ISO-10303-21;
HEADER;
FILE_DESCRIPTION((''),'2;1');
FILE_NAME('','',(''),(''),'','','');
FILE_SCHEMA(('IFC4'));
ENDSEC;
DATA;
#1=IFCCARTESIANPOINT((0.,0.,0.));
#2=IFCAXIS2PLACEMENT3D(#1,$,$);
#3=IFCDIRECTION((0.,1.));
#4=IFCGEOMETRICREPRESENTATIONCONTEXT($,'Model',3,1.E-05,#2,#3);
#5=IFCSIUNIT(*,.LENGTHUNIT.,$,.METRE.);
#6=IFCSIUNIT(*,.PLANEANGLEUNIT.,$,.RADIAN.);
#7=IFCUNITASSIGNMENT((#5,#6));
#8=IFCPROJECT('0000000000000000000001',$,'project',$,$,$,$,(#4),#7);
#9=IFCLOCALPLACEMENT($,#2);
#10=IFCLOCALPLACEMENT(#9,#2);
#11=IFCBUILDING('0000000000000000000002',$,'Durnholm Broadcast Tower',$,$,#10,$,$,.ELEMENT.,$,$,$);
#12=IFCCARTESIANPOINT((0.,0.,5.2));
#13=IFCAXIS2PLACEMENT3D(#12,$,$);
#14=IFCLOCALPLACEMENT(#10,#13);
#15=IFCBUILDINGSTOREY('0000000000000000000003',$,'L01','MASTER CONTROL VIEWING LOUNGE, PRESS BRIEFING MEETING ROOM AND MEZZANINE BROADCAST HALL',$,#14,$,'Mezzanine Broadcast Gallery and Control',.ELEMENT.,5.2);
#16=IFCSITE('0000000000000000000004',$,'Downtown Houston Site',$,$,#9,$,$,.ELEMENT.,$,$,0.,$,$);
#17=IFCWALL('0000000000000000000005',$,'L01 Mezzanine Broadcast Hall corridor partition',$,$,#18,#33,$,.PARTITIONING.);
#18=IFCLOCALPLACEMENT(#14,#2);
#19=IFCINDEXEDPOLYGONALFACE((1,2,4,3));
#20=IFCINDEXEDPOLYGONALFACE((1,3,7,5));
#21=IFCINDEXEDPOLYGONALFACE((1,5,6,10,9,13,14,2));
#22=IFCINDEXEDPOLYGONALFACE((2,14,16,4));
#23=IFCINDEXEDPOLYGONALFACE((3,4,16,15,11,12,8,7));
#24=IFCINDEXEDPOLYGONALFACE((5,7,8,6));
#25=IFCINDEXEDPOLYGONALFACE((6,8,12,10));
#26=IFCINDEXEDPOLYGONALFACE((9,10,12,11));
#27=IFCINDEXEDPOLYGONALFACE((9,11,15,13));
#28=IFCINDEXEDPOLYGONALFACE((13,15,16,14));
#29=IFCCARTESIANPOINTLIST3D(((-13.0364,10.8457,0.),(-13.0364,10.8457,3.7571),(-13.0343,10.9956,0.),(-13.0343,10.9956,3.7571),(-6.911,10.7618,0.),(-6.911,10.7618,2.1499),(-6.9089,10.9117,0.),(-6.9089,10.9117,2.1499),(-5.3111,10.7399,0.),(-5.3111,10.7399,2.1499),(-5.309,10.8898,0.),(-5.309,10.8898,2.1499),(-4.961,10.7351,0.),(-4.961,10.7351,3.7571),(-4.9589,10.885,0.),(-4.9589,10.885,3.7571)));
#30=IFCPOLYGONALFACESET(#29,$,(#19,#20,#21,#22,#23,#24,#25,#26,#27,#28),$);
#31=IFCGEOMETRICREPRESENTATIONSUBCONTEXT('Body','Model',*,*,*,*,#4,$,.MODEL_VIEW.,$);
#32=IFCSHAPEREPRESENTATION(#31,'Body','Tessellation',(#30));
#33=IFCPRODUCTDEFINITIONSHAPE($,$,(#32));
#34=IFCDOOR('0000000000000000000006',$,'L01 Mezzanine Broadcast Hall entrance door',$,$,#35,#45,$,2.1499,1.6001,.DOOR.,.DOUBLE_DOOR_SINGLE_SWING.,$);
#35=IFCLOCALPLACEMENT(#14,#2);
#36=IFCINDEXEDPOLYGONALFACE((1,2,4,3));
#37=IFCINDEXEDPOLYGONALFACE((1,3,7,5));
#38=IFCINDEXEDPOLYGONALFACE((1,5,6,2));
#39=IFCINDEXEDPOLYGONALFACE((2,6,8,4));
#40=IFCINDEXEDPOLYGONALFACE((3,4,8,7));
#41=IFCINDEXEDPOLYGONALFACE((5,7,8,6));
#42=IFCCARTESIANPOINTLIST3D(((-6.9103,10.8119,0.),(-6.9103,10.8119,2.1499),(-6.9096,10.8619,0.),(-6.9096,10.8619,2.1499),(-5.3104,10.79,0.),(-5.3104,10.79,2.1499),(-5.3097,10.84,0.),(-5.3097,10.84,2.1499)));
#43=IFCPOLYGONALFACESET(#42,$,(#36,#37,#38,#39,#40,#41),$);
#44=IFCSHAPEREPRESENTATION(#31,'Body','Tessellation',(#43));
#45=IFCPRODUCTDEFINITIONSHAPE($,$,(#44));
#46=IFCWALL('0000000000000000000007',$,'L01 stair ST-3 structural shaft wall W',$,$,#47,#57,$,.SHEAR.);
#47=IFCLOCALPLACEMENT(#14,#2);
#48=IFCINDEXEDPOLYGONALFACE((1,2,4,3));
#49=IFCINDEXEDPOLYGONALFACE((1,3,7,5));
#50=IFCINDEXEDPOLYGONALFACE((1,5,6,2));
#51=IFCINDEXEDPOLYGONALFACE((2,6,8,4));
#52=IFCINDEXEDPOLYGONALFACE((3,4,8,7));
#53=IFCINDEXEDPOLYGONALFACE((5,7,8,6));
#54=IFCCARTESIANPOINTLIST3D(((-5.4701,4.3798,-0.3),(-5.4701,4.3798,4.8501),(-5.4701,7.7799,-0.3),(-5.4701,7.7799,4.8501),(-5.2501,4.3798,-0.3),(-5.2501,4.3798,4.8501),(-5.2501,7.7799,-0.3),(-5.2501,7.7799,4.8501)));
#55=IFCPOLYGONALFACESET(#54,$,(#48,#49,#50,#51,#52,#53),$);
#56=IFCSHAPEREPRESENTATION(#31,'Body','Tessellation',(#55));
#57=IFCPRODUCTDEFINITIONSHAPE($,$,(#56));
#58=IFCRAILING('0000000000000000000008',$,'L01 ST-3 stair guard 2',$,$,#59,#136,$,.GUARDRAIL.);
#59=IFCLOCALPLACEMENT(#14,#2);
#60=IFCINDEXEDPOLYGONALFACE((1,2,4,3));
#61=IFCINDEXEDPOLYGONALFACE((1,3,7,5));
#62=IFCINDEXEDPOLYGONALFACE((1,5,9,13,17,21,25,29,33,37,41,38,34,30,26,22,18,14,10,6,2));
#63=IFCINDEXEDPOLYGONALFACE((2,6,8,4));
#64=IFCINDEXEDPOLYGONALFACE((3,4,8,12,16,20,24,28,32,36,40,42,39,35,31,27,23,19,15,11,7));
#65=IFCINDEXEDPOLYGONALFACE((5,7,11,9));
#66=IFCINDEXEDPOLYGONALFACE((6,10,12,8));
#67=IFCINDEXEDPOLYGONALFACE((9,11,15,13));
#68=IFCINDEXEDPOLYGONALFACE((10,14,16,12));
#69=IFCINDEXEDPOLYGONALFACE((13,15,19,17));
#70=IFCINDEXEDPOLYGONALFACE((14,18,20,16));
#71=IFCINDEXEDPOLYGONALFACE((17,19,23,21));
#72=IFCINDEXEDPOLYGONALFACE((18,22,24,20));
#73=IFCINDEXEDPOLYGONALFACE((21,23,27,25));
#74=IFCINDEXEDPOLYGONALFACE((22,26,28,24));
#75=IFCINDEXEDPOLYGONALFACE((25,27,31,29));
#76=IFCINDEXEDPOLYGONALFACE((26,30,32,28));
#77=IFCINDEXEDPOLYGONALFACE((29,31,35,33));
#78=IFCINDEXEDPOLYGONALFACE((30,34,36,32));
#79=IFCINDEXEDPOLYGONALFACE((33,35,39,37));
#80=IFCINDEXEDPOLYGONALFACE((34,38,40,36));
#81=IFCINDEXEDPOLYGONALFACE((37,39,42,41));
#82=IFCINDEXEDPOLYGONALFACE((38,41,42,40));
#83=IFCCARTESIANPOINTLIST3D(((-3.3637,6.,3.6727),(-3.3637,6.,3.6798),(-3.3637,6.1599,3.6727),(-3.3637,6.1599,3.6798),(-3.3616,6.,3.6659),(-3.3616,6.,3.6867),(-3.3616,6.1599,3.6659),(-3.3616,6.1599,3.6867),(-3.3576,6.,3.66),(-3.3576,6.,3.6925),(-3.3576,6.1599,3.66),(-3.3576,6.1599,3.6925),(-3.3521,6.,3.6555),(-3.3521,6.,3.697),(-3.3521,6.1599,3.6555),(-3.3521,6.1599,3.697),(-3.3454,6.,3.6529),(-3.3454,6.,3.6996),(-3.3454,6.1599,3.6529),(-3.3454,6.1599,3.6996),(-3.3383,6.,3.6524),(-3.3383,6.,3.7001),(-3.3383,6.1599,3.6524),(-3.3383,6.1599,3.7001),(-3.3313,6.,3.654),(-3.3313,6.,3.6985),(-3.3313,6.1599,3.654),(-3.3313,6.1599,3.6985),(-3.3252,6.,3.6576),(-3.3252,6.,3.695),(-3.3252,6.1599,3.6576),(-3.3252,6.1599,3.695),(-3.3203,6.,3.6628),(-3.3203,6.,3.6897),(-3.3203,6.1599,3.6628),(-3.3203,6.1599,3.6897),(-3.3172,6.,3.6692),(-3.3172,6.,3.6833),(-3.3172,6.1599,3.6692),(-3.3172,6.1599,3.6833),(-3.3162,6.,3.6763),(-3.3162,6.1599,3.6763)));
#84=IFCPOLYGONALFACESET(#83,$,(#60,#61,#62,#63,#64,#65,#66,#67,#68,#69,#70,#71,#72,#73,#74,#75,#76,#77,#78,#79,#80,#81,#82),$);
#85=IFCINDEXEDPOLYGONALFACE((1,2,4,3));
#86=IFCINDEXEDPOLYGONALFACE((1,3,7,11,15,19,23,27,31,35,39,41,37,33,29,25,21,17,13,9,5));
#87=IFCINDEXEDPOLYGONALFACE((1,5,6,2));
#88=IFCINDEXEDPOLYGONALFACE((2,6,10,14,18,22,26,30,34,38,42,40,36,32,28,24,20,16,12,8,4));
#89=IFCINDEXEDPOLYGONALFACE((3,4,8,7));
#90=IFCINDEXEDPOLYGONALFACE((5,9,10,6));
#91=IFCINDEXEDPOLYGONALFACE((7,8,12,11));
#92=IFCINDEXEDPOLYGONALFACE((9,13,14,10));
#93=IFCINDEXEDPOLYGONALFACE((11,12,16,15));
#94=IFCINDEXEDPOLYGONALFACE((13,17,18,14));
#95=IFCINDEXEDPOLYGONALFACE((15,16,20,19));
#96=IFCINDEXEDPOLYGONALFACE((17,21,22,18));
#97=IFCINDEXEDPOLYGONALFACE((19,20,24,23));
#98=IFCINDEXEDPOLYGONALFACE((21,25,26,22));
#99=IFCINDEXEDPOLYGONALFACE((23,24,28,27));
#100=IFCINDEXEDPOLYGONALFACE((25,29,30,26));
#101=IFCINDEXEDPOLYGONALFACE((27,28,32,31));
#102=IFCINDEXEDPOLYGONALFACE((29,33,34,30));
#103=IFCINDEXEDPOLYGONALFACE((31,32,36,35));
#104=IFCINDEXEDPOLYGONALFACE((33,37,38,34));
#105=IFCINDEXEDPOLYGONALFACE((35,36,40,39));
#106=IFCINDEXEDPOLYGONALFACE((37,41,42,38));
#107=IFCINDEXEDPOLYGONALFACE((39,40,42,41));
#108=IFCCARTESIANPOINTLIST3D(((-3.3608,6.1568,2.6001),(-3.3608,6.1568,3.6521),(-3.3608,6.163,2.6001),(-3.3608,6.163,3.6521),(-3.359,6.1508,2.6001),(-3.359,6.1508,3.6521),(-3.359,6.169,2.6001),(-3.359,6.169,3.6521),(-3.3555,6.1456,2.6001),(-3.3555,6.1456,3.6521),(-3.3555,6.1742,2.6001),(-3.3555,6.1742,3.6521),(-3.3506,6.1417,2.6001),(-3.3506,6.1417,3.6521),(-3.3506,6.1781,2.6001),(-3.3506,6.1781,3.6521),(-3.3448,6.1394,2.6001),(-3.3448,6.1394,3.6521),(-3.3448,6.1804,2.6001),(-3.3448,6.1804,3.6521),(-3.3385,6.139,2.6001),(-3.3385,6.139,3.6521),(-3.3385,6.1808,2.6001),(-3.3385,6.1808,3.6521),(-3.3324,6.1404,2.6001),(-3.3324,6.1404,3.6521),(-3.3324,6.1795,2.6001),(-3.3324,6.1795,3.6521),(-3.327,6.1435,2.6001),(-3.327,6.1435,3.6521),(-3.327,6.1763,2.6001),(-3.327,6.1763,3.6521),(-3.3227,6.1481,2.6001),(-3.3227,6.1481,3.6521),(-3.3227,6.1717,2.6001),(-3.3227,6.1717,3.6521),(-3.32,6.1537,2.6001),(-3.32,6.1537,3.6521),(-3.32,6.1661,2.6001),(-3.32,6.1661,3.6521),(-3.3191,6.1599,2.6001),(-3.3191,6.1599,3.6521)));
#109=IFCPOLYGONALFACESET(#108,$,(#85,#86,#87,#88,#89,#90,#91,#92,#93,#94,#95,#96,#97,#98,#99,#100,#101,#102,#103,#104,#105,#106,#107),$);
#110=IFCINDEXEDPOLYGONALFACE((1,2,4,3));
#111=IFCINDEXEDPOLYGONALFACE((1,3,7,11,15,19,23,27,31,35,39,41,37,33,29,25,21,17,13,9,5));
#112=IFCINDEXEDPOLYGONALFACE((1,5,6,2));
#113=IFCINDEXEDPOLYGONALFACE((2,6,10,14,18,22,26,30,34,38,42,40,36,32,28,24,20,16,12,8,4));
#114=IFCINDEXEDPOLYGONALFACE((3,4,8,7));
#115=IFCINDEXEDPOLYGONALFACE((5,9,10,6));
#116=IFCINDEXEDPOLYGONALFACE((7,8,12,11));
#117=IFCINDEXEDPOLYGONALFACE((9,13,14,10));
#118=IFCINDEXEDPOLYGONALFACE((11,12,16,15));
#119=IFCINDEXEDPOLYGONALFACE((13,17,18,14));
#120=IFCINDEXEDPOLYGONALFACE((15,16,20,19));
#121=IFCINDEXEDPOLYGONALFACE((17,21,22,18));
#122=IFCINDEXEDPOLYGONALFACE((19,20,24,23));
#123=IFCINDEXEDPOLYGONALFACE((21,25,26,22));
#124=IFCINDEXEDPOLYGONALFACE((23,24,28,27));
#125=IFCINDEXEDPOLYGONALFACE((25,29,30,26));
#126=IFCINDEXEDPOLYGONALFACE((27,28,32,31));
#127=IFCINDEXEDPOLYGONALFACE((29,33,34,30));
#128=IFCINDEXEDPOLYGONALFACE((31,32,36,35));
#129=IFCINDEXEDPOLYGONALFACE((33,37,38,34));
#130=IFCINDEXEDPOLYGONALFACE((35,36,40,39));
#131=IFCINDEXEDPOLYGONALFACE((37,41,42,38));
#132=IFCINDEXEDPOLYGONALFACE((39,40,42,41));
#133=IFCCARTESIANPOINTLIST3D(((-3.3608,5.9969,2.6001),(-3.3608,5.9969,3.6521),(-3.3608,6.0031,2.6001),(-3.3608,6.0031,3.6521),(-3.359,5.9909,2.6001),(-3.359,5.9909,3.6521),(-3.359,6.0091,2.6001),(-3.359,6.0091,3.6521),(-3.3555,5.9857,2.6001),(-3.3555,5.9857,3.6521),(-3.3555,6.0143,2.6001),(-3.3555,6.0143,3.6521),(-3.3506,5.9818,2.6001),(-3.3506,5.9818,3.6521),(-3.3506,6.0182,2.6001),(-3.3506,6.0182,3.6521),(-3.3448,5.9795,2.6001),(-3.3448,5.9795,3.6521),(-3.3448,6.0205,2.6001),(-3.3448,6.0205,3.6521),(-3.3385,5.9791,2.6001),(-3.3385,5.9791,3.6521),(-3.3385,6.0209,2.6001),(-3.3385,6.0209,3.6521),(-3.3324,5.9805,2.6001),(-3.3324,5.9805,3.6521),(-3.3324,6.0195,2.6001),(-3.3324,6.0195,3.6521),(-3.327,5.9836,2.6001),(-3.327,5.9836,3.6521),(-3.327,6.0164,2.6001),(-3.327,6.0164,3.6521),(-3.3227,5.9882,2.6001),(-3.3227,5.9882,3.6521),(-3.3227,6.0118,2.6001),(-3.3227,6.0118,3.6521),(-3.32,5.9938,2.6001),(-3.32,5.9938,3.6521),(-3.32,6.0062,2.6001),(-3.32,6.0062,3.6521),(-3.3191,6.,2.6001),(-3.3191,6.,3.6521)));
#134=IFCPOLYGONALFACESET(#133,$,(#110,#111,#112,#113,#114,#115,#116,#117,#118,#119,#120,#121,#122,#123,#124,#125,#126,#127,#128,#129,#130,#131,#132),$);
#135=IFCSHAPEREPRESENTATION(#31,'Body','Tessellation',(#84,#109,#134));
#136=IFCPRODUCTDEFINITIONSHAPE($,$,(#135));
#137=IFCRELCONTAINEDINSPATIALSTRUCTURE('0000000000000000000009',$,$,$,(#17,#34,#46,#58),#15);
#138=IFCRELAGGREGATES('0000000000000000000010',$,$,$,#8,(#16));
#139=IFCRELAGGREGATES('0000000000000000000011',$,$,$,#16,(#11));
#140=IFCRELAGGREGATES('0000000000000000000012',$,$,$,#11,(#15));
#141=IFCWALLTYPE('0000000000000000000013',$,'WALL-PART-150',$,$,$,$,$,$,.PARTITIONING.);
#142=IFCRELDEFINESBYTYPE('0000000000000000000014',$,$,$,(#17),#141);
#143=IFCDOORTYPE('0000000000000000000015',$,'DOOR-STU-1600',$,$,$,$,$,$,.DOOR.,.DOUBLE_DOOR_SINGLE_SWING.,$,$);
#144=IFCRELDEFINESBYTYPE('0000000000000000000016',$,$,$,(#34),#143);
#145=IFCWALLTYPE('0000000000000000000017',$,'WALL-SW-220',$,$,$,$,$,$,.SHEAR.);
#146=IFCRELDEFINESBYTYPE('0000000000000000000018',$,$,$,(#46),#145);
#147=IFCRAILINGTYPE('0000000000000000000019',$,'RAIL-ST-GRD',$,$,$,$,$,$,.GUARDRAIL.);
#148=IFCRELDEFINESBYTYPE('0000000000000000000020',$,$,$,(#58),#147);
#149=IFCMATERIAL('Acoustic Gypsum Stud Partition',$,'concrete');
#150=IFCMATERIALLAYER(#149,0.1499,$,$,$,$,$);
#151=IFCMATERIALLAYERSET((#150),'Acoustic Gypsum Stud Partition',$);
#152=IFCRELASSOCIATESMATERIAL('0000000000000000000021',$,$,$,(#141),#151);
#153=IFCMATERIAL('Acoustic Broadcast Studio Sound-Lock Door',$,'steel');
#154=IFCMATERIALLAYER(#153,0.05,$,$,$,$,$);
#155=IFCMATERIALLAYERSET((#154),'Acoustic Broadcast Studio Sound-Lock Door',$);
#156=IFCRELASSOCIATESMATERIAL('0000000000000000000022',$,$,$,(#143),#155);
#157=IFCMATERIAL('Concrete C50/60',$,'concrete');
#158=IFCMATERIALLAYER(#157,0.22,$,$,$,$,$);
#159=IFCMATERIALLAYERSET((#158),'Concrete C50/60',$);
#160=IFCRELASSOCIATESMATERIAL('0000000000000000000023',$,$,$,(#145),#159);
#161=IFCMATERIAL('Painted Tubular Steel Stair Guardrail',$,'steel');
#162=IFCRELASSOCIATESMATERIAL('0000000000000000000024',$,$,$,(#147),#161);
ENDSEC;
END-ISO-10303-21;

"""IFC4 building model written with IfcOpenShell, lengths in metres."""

from ifc_helpers import new_model, si_unit, direction, frame, frame_2d, origin, origin_2d, place, context, subcontext, project, spatial, rectangle, circle, extrude, source, transform, mapped, material, layer, layer_set, type_object, type_shapes, element, fill, save


model = new_model("IFC4")

# Units and contexts
model_context = context("Model", 3, precision=1e-05, world=origin(), true_north=direction((0.0, 1.0)))
body_context = subcontext(model_context, "Body", "Model", "MODEL_VIEW")
ifc_project = project(units=[si_unit("LENGTHUNIT", "METRE"), si_unit("PLANEANGLEUNIT", "RADIAN")], contexts=[model_context])

# Site, building, storey
site_placement = place(None, origin())
site = spatial("IfcSite", under=ifc_project, at=site_placement, Name="Downtown Houston Site", CompositionType="ELEMENT", RefElevation=0.0)
building_placement = place(site_placement, origin())
building = spatial("IfcBuilding", under=site, at=building_placement, Name="Durnholm Broadcast Tower", CompositionType="ELEMENT")
storey_placement = place(building_placement, frame((0.0, 0.0, 5.2)))
storey = spatial("IfcBuildingStorey", under=building, at=storey_placement, Name="L01", Description="MASTER CONTROL VIEWING LOUNGE, PRESS BRIEFING MEETING ROOM AND MEZZANINE BROADCAST HALL", LongName="Mezzanine Broadcast Gallery and Control", CompositionType="ELEMENT", Elevation=5.2)

# Wall, opening, door
ifc_material_1 = material(Name="Acoustic Gypsum Stud Partition", Category="concrete")
ifc_layer_1 = layer(ifc_material_1, 0.1499)
ifc_layer_set_1 = layer_set([ifc_layer_1], Name="Acoustic Gypsum Stud Partition")
wall_type_1 = type_object("IfcWallType", Name="WALL-PART-150", PredefinedType="PARTITIONING", material=ifc_layer_set_1)
wall_1_placement = place(storey_placement, frame((-4.96, 10.8101, 0.0), z_axis=(0.0, 0.0, 1.0), x_axis=(-0.999906, 0.013694, 0.0)))
wall_1 = element("IfcWall", 1, at=wall_1_placement, inside=storey, type_object=wall_type_1, Name="L01 Mezzanine Broadcast Hall corridor partition", PredefinedType="PARTITIONING", context=body_context, shape_type="SweptSolid", body=[
    extrude(rectangle(XDim=8.0762, YDim=0.1499, at=frame_2d((4.0381, 0.0))), origin(), (0.0, 0.0, 1.0), 3.7571),
])
opening_placement = place(wall_1_placement, frame((0.3501, 0.0, 0.0)))
opening = element("IfcOpeningElement", 2, at=opening_placement, cuts=wall_1, PredefinedType="OPENING", context=body_context, shape_type="SweptSolid", body=[
    extrude(rectangle(XDim=1.6001, YDim=2.1499, at=frame_2d((0.8, 1.075))), frame((0.0, 0.085, 0.0), z_axis=(0.0, -1.0, 0.0), x_axis=(1.0, 0.0, 0.0)), (0.0, 0.0, 1.0), 0.1699),
])
ifc_material_2 = material(Name="Acoustic Broadcast Studio Sound-Lock Door", Category="steel")
ifc_layer_2 = layer(ifc_material_2, 0.05)
ifc_layer_set_2 = layer_set([ifc_layer_2], Name="Acoustic Broadcast Studio Sound-Lock Door")
door_type = type_object("IfcDoorType", Name="DOOR-STU-1600", OperationType="DOUBLE_DOOR_SINGLE_SWING", PredefinedType="DOOR", material=ifc_layer_set_2)
shared_shape_1 = source(origin(), body_context, "Body", "SweptSolid", [
    extrude(rectangle(XDim=1.6001, YDim=2.1499, at=frame_2d((0.8, 1.075))), frame((0.0, 0.0249, 0.0), z_axis=(0.0, -1.0, 0.0), x_axis=(1.0, 0.0, 0.0)), (0.0, 0.0, 1.0), 0.05),
])
type_shapes(door_type, [shared_shape_1])
door_placement = place(opening_placement, origin())
door = element("IfcDoor", 3, at=door_placement, inside=storey, type_object=door_type, Name="L01 Mezzanine Broadcast Hall entrance door", OperationType="DOUBLE_DOOR_SINGLE_SWING", OverallHeight=2.1499, OverallWidth=1.6001, PredefinedType="DOOR", context=body_context, shape_type="MappedRepresentation", body=[
    mapped(shared_shape_1, transform((0.0, 0.0, 0.0), x_axis=(1.0, 0.0, 0.0), y_axis=(0.0, 1.0, 0.0), z_axis=(0.0, 0.0, 1.0), scale=1.0)),
])
fill(opening, door)

# Wall
ifc_material_3 = material(Name="Concrete C50/60", Category="concrete")
ifc_layer_3 = layer(ifc_material_3, 0.22)
ifc_layer_set_3 = layer_set([ifc_layer_3], Name="Concrete C50/60")
wall_type_2 = type_object("IfcWallType", Name="WALL-SW-220", PredefinedType="SHEAR", material=ifc_layer_set_3)
wall_2_placement = place(storey_placement, frame((-5.3601, 7.78, -0.3), z_axis=(0.0, 0.0, 1.0), x_axis=(0.0, -1.0, 0.0)))
element("IfcWall", 4, at=wall_2_placement, inside=storey, type_object=wall_type_2, Name="L01 stair ST-3 structural shaft wall W", PredefinedType="SHEAR", context=body_context, shape_type="SweptSolid", body=[
    extrude(rectangle(XDim=3.4001, YDim=0.22, at=frame_2d((1.7002, 0.0))), origin(), (0.0, 0.0, 1.0), 5.1501),
])

# Railing
ifc_material_4 = material(Name="Painted Tubular Steel Stair Guardrail", Category="steel")
railing_type = type_object("IfcRailingType", Name="RAIL-ST-GRD", PredefinedType="GUARDRAIL", material=ifc_material_4)
railing_1_placement = place(storey_placement, frame((-3.3401, 6.1599, 2.6001)))
element("IfcRailing", 5, at=railing_1_placement, inside=storey, type_object=railing_type, Name="L01 ST-3 stair guard 2", PredefinedType="GUARDRAIL", context=body_context, shape_type="SweptSolid", body=[
    extrude(circle(Radius=0.0239, at=origin_2d()), frame((0.0, 0.0, 1.0762), z_axis=(0.0, -1.0, 0.0), x_axis=(1.0, 0.0, 0.0)), (0.0, 0.0, 1.0), 0.1599),
    extrude(circle(Radius=0.021, at=origin_2d()), origin(), (0.0, 0.0, 1.0), 1.052),
    extrude(circle(Radius=0.021, at=origin_2d()), frame((0.0, -0.1599, 0.0)), (0.0, 0.0, 1.0), 1.052),
])

save(model, "model.ifc")
